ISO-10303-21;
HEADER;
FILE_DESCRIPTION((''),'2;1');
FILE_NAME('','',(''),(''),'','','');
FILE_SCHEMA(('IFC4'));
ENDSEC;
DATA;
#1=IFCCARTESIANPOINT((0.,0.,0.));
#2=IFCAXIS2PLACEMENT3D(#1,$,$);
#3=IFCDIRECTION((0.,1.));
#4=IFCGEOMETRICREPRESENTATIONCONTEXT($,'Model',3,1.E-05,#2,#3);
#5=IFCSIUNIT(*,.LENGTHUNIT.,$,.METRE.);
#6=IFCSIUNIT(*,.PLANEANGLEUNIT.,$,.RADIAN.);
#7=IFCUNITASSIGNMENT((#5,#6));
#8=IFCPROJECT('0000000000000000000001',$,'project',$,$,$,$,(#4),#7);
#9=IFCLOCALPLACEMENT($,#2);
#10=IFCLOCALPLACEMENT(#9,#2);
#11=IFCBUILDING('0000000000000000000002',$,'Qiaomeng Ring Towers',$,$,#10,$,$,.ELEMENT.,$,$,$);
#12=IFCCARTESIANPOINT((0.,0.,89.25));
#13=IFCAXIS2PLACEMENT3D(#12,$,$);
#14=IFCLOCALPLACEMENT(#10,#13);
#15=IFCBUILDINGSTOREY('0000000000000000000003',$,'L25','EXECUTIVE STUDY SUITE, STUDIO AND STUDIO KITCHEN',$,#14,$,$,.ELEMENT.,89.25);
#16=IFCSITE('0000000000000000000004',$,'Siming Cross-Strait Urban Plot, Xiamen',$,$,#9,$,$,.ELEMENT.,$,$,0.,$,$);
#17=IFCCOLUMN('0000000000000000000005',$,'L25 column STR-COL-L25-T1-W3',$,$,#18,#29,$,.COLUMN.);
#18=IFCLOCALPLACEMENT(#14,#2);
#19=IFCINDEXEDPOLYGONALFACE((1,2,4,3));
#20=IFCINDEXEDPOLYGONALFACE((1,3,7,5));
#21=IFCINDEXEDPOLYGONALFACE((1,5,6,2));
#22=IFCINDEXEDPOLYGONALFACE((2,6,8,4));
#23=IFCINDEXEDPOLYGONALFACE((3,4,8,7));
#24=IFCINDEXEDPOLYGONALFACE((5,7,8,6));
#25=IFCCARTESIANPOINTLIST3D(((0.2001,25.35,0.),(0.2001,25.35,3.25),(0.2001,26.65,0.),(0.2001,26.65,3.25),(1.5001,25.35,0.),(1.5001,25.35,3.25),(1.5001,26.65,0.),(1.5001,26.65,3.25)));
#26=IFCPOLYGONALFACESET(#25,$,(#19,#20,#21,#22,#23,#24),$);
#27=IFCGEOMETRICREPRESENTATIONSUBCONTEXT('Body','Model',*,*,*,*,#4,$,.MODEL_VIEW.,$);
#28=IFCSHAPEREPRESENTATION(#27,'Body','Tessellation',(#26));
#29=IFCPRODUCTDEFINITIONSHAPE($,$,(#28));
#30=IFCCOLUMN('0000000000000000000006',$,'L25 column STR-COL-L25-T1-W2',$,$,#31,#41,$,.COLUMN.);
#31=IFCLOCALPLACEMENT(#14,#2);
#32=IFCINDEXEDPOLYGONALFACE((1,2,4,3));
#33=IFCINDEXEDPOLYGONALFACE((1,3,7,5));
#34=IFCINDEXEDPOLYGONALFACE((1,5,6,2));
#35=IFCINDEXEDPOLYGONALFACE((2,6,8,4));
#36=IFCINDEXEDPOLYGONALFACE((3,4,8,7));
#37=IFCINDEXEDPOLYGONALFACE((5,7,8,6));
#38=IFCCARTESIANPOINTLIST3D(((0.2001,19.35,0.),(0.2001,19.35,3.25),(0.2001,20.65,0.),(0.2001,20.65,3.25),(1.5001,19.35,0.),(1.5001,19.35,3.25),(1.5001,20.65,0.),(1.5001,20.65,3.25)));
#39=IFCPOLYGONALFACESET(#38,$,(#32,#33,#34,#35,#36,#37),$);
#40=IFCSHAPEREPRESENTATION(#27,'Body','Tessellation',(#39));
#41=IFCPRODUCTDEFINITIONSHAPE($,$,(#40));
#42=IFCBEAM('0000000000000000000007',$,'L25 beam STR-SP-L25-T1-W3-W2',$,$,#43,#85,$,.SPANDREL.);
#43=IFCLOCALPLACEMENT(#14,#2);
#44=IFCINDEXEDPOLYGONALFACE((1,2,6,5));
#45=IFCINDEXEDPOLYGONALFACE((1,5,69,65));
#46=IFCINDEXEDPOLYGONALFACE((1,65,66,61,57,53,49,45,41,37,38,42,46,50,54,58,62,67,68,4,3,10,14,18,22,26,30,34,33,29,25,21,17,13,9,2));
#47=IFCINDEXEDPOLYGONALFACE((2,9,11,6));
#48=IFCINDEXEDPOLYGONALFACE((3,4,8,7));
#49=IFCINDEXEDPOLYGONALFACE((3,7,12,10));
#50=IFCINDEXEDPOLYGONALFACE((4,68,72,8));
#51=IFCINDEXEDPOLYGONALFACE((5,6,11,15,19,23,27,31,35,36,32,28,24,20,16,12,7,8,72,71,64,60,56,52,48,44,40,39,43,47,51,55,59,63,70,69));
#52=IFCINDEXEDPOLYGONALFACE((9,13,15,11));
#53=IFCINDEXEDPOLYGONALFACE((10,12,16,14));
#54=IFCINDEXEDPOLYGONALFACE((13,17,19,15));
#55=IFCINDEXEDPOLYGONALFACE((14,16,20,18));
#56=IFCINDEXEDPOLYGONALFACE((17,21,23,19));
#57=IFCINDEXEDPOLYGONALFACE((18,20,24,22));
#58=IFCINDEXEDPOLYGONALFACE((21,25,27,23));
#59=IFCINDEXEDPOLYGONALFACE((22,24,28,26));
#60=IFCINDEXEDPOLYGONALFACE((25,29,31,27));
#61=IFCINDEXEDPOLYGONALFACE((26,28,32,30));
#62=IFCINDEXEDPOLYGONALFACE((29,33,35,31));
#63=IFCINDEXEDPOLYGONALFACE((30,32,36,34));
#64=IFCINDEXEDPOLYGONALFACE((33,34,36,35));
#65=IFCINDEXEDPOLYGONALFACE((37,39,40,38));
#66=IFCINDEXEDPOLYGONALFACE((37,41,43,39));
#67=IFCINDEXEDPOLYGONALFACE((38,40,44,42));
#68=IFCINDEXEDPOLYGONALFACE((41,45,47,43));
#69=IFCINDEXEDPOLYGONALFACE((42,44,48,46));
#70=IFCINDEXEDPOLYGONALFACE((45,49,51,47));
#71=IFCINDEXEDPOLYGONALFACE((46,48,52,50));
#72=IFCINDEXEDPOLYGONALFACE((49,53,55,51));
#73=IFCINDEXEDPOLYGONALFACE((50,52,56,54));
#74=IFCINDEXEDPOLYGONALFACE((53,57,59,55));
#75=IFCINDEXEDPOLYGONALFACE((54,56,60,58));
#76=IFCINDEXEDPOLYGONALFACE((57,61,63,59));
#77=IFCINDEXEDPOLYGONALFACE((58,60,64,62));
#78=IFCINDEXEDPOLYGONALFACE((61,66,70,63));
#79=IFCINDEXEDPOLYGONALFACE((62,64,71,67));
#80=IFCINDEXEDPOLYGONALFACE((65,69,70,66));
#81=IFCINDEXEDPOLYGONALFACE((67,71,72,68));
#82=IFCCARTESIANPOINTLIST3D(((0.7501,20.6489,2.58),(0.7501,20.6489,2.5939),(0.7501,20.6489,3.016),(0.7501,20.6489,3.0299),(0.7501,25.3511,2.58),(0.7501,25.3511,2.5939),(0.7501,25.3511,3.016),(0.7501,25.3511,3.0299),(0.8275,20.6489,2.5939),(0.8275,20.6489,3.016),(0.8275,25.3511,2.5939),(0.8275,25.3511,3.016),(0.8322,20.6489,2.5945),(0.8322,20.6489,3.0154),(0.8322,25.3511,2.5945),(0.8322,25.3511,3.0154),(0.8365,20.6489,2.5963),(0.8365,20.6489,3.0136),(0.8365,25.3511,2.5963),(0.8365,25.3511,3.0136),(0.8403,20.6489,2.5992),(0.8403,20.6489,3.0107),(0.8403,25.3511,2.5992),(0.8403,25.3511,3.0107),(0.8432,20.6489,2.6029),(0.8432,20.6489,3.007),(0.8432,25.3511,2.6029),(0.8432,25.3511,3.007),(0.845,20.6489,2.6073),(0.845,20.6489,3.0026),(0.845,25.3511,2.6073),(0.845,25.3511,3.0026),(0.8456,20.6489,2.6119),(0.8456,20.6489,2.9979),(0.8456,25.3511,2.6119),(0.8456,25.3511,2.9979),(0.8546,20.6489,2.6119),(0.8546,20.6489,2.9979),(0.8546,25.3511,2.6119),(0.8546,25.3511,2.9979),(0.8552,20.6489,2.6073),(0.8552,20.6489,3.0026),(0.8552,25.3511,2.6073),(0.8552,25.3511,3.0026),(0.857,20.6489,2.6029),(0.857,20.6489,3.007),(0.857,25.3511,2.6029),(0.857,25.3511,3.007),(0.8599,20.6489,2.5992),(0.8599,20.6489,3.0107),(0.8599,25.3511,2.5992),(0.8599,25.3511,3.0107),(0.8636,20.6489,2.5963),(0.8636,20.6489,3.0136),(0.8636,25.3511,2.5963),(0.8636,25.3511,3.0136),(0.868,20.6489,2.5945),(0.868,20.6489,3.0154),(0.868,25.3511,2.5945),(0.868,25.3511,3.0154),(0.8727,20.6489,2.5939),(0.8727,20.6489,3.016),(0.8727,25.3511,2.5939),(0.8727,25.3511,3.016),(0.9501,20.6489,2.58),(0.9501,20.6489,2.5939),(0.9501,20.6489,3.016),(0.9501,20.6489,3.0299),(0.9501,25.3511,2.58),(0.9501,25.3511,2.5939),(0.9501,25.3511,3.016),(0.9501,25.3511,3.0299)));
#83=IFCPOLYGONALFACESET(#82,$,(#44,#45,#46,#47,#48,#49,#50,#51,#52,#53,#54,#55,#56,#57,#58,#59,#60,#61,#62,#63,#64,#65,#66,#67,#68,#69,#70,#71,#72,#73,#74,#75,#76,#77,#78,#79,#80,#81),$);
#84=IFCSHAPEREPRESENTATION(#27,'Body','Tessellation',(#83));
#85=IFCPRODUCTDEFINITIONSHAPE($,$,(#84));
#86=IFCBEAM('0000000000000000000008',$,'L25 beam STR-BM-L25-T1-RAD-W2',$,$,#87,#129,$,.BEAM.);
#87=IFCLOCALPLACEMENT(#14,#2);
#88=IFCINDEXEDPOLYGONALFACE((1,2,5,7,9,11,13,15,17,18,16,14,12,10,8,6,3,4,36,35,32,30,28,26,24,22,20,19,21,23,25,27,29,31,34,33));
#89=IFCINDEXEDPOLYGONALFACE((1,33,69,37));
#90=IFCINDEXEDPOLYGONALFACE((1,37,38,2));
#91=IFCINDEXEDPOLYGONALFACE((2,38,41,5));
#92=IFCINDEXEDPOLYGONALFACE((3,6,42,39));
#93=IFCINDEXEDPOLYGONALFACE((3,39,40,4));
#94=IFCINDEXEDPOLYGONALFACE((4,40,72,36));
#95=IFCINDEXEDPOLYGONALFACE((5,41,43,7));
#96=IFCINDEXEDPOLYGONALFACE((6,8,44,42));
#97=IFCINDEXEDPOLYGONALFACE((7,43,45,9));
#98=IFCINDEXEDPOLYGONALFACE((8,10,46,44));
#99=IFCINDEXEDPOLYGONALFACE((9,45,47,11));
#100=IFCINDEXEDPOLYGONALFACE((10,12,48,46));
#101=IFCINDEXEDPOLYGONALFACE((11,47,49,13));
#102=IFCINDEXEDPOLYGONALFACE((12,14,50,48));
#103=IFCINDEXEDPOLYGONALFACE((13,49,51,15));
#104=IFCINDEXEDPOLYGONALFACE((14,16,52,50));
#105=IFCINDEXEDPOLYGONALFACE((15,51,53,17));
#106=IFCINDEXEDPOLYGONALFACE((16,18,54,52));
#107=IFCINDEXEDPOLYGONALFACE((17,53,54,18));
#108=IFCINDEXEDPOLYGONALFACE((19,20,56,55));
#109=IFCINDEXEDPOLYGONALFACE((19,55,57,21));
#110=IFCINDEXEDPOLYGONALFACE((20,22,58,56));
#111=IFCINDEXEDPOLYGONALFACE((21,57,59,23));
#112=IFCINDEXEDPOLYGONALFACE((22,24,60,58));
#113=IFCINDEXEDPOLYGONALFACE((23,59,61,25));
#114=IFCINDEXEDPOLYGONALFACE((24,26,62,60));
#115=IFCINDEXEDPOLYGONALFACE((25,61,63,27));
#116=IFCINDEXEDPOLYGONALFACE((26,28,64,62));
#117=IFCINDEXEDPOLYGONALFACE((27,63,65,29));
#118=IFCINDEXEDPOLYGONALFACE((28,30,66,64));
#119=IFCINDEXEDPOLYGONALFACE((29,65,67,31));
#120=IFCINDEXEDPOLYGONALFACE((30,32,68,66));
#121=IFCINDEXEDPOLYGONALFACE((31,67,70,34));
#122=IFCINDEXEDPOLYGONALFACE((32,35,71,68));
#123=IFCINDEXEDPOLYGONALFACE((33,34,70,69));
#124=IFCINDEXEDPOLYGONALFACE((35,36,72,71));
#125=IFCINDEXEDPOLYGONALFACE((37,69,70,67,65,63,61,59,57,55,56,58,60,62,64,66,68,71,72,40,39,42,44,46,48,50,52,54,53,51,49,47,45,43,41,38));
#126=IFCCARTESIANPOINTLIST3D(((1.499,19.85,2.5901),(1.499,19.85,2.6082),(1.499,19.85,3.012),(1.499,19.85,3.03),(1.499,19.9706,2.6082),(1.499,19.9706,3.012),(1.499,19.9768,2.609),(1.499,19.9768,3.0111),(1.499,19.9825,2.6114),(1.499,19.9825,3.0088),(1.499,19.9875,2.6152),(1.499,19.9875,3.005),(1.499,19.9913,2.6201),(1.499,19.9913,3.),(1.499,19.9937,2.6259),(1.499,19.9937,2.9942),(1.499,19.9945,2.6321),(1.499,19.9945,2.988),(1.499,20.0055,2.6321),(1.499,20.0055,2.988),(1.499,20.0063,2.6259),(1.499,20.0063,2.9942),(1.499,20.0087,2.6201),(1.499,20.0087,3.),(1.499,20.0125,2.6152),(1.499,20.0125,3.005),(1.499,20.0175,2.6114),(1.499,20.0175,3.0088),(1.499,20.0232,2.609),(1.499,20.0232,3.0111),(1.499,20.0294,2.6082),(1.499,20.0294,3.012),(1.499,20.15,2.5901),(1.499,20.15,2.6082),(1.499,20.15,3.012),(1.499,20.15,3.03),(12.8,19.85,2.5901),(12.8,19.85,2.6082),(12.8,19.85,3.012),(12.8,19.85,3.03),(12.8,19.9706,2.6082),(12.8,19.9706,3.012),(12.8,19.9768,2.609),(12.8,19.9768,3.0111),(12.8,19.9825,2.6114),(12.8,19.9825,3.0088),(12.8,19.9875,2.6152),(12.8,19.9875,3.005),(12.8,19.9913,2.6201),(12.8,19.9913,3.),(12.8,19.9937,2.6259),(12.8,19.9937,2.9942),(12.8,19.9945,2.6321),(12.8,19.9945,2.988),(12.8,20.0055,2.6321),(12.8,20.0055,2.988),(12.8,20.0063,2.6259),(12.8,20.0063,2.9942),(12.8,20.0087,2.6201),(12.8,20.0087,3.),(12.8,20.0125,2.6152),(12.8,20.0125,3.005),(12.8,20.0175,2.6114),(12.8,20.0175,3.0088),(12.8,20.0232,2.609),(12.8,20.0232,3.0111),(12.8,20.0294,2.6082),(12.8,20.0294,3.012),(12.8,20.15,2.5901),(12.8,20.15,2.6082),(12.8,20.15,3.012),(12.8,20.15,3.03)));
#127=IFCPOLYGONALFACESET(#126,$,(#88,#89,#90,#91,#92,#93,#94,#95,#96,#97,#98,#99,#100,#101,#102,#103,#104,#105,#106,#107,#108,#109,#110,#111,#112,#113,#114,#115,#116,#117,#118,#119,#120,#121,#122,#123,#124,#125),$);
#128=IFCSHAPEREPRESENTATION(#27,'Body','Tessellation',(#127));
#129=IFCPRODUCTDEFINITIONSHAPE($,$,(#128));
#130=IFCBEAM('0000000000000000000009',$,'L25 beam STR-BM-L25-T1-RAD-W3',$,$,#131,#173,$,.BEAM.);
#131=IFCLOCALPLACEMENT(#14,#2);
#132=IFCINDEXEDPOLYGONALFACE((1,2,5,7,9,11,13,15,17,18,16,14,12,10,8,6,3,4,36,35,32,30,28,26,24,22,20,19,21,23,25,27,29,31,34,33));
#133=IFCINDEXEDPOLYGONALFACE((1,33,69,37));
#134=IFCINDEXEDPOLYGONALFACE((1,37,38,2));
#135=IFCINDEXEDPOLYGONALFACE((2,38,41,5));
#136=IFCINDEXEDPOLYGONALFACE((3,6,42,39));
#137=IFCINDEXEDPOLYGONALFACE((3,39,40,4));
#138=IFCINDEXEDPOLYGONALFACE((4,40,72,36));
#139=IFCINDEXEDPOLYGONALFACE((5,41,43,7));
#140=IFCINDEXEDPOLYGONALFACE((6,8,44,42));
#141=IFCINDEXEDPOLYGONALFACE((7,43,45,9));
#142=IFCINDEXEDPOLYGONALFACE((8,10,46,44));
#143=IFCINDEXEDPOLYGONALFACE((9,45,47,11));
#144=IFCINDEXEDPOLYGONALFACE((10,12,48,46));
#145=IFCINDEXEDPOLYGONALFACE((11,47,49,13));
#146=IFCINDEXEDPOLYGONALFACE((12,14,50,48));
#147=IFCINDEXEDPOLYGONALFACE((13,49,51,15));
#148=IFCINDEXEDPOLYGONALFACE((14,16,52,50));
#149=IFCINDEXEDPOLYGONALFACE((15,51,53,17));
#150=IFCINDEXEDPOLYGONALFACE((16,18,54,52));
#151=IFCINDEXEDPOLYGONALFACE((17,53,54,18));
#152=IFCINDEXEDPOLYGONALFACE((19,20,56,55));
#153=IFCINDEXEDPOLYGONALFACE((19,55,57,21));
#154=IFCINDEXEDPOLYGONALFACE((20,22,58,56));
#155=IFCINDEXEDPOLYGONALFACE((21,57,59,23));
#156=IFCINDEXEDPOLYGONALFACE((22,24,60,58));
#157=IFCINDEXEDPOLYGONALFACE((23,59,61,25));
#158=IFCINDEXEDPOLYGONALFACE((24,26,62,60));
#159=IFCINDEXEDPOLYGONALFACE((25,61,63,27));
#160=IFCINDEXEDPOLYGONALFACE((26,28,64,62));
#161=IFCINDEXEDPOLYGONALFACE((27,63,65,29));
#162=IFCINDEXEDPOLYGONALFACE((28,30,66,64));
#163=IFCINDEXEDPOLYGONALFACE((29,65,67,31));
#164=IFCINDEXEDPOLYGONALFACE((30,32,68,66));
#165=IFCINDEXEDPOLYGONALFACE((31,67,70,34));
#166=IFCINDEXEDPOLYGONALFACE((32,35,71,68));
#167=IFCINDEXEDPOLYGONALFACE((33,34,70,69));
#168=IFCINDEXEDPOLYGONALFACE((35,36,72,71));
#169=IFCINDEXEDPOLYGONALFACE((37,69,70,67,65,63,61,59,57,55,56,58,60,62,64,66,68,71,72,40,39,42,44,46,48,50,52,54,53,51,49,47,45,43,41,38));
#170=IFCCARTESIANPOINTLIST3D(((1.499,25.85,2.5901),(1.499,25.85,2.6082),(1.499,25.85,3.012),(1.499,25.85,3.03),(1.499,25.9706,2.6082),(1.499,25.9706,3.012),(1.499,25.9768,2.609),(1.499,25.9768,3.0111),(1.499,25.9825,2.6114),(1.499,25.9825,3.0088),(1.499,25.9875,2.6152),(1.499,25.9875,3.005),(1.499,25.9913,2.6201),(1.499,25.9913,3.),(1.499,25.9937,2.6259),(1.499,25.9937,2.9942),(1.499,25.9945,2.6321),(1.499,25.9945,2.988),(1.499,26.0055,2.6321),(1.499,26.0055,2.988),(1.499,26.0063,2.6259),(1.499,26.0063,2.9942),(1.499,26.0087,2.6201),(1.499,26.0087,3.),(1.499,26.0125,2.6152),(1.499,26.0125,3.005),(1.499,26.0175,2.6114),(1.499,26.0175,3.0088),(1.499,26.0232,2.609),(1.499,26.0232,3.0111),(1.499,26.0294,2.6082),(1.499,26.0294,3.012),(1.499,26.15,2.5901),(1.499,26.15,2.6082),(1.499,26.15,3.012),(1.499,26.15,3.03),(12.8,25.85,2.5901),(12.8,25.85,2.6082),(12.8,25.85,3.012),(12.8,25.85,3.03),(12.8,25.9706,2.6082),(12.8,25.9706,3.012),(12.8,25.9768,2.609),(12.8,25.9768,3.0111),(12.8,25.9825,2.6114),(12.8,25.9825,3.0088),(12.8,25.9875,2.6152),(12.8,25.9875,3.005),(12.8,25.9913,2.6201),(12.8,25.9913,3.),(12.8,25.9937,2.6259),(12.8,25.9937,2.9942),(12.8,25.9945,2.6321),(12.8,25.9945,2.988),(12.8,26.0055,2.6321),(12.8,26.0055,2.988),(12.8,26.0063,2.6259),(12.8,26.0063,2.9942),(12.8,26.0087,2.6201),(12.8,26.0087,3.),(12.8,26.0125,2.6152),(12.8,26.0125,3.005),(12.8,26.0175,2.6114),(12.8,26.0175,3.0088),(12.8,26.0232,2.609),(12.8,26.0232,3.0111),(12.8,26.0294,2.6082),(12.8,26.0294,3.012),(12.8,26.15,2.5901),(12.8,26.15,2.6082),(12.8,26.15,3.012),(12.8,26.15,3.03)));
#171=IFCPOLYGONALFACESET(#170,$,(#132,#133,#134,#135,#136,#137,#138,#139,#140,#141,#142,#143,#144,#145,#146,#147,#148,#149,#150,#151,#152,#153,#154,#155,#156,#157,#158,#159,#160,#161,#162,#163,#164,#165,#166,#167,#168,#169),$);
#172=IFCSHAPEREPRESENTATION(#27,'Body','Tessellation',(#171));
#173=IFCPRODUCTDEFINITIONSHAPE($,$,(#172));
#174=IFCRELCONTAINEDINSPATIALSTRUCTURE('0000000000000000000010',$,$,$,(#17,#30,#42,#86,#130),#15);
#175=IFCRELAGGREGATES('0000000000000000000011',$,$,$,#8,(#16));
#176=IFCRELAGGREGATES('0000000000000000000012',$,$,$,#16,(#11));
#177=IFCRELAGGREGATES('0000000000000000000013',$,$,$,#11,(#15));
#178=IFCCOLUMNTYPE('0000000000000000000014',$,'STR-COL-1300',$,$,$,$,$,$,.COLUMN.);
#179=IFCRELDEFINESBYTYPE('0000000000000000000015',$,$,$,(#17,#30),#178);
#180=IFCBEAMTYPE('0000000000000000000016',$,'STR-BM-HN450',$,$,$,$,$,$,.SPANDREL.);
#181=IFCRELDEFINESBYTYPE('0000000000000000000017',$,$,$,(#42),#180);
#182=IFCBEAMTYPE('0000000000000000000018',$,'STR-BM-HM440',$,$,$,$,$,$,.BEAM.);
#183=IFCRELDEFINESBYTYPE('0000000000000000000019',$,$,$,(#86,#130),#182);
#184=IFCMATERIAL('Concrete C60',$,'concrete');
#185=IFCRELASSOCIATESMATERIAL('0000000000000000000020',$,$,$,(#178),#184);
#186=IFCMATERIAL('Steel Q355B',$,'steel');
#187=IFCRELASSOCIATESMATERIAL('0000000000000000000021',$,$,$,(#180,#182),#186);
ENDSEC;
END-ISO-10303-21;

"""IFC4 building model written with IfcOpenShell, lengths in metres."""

from ifc_helpers import new_model, si_unit, direction, frame, origin, origin_2d, place, context, subcontext, project, spatial, rectangle, i_section, extrude, source, transform, mapped, material, material_profile, profile_set, type_object, element, save


model = new_model("IFC4")

# Units and contexts
model_context = context("Model", 3, precision=1e-05, world=origin(), true_north=direction((0.0, 1.0)))
body_context = subcontext(model_context, "Body", "Model", "MODEL_VIEW")
ifc_project = project(units=[si_unit("LENGTHUNIT", "METRE"), si_unit("PLANEANGLEUNIT", "RADIAN")], contexts=[model_context])

# Site, building, storey
site_placement = place(None, origin())
site = spatial("IfcSite", under=ifc_project, at=site_placement, Name="Siming Cross-Strait Urban Plot, Xiamen", CompositionType="ELEMENT", RefElevation=0.0)
building_placement = place(site_placement, origin())
building = spatial("IfcBuilding", under=site, at=building_placement, Name="Qiaomeng Ring Towers", CompositionType="ELEMENT")
storey_placement = place(building_placement, frame((0.0, 0.0, 89.25)))
storey = spatial("IfcBuildingStorey", under=building, at=storey_placement, Name="L25", Description="EXECUTIVE STUDY SUITE, STUDIO AND STUDIO KITCHEN", CompositionType="ELEMENT", Elevation=89.25)

# Columns
ifc_material_1 = material(Name="Concrete C60", Category="concrete")
ifc_material_profile_1 = material_profile(ifc_material_1, rectangle(XDim=1.3, YDim=1.3, at=origin_2d()), Name="RC COL 1300x1300")
ifc_profile_set_1 = profile_set([ifc_material_profile_1], Name="Concrete C60")
column_type = type_object("IfcColumnType", Name="STR-COL-1300", PredefinedType="COLUMN", material=ifc_profile_set_1)
shared_shape_1 = source(origin(), body_context, "Body", "SweptSolid", [
    extrude(rectangle(XDim=1.3, YDim=1.3, at=origin_2d()), origin(), (0.0, 0.0, 1.0), 3.25),
])
for number, where, z_axis, x_axis, name in (
    (1, (0.8501, 26.0, 0.0), (0.0, 0.0, 1.0), (1.0, 0.0, 0.0), "L25 column STR-COL-L25-T1-W3"),
    (2, (0.8501, 20.0, 0.0), (0.0, 0.0, 1.0), (1.0, 0.0, 0.0), "L25 column STR-COL-L25-T1-W2"),
):
    element("IfcColumn", number, at=place(storey_placement, frame(where, z_axis=z_axis, x_axis=x_axis)), inside=storey, type_object=column_type, Name=name, PredefinedType="COLUMN", context=body_context, shape_type="MappedRepresentation", body=[
        mapped(shared_shape_1, transform((0.0, 0.0, 0.0), x_axis=(1.0, 0.0, 0.0), y_axis=(0.0, 1.0, 0.0), z_axis=(0.0, 0.0, 1.0), scale=1.0)),
    ])

# Beams
ifc_material_2 = material(Name="Steel Q355B", Category="steel")
ifc_material_profile_2 = material_profile(ifc_material_2, i_section(OverallWidth=0.2, OverallDepth=0.45, WebThickness=0.009, FlangeThickness=0.0139, FilletRadius=0.0181, at=origin_2d()), Name="HN 450x200x9x14")
ifc_profile_set_2 = profile_set([ifc_material_profile_2], Name="Steel Q355B")
beam_type_1 = type_object("IfcBeamType", Name="STR-BM-HN450", PredefinedType="SPANDREL", material=ifc_profile_set_2)
shared_shape_2 = source(origin(), body_context, "Body", "SweptSolid", [
    extrude(i_section(OverallWidth=0.2, OverallDepth=0.45, WebThickness=0.009, FlangeThickness=0.0139, FilletRadius=0.0181, at=origin_2d()), origin(), (0.0, 0.0, 1.0), 4.7021),
])
beam_1_placement = place(storey_placement, frame((0.8501, 25.3511, 2.8049), z_axis=(0.0, -1.0, 0.0), x_axis=(1.0, 0.0, 0.0)))
element("IfcBeam", 3, at=beam_1_placement, inside=storey, type_object=beam_type_1, Name="L25 beam STR-SP-L25-T1-W3-W2", PredefinedType="SPANDREL", context=body_context, shape_type="MappedRepresentation", body=[
    mapped(shared_shape_2, transform((0.0, 0.0, 0.0), x_axis=(1.0, 0.0, 0.0), y_axis=(0.0, 1.0, 0.0), z_axis=(0.0, 0.0, 1.0), scale=1.0)),
])
ifc_material_profile_3 = material_profile(ifc_material_2, i_section(OverallWidth=0.3, OverallDepth=0.4399, WebThickness=0.011, FlangeThickness=0.0181, FilletRadius=0.0239, at=origin_2d()), Name="HM 440x300x11x18")
ifc_profile_set_3 = profile_set([ifc_material_profile_3], Name="Steel Q355B")
beam_type_2 = type_object("IfcBeamType", Name="STR-BM-HM440", PredefinedType="BEAM", material=ifc_profile_set_3)
shared_shape_3 = source(origin(), body_context, "Body", "SweptSolid", [
    extrude(i_section(OverallWidth=0.3, OverallDepth=0.4399, WebThickness=0.011, FlangeThickness=0.0181, FilletRadius=0.0239, at=origin_2d()), origin(), (0.0, 0.0, 1.0), 11.301),
])
for number, where, z_axis, x_axis, name in (
    (4, (1.499, 20.0, 2.8101), (1.0, 0.0, 0.0), (0.0, 1.0, 0.0), "L25 beam STR-BM-L25-T1-RAD-W2"),
    (5, (1.499, 26.0, 2.8101), (1.0, 0.0, 0.0), (0.0, 1.0, 0.0), "L25 beam STR-BM-L25-T1-RAD-W3"),
):
    element("IfcBeam", number, at=place(storey_placement, frame(where, z_axis=z_axis, x_axis=x_axis)), inside=storey, type_object=beam_type_2, Name=name, PredefinedType="BEAM", context=body_context, shape_type="MappedRepresentation", body=[
        mapped(shared_shape_3, transform((0.0, 0.0, 0.0), x_axis=(1.0, 0.0, 0.0), y_axis=(0.0, 1.0, 0.0), z_axis=(0.0, 0.0, 1.0), scale=1.0)),
    ])

save(model, "model.ifc")
